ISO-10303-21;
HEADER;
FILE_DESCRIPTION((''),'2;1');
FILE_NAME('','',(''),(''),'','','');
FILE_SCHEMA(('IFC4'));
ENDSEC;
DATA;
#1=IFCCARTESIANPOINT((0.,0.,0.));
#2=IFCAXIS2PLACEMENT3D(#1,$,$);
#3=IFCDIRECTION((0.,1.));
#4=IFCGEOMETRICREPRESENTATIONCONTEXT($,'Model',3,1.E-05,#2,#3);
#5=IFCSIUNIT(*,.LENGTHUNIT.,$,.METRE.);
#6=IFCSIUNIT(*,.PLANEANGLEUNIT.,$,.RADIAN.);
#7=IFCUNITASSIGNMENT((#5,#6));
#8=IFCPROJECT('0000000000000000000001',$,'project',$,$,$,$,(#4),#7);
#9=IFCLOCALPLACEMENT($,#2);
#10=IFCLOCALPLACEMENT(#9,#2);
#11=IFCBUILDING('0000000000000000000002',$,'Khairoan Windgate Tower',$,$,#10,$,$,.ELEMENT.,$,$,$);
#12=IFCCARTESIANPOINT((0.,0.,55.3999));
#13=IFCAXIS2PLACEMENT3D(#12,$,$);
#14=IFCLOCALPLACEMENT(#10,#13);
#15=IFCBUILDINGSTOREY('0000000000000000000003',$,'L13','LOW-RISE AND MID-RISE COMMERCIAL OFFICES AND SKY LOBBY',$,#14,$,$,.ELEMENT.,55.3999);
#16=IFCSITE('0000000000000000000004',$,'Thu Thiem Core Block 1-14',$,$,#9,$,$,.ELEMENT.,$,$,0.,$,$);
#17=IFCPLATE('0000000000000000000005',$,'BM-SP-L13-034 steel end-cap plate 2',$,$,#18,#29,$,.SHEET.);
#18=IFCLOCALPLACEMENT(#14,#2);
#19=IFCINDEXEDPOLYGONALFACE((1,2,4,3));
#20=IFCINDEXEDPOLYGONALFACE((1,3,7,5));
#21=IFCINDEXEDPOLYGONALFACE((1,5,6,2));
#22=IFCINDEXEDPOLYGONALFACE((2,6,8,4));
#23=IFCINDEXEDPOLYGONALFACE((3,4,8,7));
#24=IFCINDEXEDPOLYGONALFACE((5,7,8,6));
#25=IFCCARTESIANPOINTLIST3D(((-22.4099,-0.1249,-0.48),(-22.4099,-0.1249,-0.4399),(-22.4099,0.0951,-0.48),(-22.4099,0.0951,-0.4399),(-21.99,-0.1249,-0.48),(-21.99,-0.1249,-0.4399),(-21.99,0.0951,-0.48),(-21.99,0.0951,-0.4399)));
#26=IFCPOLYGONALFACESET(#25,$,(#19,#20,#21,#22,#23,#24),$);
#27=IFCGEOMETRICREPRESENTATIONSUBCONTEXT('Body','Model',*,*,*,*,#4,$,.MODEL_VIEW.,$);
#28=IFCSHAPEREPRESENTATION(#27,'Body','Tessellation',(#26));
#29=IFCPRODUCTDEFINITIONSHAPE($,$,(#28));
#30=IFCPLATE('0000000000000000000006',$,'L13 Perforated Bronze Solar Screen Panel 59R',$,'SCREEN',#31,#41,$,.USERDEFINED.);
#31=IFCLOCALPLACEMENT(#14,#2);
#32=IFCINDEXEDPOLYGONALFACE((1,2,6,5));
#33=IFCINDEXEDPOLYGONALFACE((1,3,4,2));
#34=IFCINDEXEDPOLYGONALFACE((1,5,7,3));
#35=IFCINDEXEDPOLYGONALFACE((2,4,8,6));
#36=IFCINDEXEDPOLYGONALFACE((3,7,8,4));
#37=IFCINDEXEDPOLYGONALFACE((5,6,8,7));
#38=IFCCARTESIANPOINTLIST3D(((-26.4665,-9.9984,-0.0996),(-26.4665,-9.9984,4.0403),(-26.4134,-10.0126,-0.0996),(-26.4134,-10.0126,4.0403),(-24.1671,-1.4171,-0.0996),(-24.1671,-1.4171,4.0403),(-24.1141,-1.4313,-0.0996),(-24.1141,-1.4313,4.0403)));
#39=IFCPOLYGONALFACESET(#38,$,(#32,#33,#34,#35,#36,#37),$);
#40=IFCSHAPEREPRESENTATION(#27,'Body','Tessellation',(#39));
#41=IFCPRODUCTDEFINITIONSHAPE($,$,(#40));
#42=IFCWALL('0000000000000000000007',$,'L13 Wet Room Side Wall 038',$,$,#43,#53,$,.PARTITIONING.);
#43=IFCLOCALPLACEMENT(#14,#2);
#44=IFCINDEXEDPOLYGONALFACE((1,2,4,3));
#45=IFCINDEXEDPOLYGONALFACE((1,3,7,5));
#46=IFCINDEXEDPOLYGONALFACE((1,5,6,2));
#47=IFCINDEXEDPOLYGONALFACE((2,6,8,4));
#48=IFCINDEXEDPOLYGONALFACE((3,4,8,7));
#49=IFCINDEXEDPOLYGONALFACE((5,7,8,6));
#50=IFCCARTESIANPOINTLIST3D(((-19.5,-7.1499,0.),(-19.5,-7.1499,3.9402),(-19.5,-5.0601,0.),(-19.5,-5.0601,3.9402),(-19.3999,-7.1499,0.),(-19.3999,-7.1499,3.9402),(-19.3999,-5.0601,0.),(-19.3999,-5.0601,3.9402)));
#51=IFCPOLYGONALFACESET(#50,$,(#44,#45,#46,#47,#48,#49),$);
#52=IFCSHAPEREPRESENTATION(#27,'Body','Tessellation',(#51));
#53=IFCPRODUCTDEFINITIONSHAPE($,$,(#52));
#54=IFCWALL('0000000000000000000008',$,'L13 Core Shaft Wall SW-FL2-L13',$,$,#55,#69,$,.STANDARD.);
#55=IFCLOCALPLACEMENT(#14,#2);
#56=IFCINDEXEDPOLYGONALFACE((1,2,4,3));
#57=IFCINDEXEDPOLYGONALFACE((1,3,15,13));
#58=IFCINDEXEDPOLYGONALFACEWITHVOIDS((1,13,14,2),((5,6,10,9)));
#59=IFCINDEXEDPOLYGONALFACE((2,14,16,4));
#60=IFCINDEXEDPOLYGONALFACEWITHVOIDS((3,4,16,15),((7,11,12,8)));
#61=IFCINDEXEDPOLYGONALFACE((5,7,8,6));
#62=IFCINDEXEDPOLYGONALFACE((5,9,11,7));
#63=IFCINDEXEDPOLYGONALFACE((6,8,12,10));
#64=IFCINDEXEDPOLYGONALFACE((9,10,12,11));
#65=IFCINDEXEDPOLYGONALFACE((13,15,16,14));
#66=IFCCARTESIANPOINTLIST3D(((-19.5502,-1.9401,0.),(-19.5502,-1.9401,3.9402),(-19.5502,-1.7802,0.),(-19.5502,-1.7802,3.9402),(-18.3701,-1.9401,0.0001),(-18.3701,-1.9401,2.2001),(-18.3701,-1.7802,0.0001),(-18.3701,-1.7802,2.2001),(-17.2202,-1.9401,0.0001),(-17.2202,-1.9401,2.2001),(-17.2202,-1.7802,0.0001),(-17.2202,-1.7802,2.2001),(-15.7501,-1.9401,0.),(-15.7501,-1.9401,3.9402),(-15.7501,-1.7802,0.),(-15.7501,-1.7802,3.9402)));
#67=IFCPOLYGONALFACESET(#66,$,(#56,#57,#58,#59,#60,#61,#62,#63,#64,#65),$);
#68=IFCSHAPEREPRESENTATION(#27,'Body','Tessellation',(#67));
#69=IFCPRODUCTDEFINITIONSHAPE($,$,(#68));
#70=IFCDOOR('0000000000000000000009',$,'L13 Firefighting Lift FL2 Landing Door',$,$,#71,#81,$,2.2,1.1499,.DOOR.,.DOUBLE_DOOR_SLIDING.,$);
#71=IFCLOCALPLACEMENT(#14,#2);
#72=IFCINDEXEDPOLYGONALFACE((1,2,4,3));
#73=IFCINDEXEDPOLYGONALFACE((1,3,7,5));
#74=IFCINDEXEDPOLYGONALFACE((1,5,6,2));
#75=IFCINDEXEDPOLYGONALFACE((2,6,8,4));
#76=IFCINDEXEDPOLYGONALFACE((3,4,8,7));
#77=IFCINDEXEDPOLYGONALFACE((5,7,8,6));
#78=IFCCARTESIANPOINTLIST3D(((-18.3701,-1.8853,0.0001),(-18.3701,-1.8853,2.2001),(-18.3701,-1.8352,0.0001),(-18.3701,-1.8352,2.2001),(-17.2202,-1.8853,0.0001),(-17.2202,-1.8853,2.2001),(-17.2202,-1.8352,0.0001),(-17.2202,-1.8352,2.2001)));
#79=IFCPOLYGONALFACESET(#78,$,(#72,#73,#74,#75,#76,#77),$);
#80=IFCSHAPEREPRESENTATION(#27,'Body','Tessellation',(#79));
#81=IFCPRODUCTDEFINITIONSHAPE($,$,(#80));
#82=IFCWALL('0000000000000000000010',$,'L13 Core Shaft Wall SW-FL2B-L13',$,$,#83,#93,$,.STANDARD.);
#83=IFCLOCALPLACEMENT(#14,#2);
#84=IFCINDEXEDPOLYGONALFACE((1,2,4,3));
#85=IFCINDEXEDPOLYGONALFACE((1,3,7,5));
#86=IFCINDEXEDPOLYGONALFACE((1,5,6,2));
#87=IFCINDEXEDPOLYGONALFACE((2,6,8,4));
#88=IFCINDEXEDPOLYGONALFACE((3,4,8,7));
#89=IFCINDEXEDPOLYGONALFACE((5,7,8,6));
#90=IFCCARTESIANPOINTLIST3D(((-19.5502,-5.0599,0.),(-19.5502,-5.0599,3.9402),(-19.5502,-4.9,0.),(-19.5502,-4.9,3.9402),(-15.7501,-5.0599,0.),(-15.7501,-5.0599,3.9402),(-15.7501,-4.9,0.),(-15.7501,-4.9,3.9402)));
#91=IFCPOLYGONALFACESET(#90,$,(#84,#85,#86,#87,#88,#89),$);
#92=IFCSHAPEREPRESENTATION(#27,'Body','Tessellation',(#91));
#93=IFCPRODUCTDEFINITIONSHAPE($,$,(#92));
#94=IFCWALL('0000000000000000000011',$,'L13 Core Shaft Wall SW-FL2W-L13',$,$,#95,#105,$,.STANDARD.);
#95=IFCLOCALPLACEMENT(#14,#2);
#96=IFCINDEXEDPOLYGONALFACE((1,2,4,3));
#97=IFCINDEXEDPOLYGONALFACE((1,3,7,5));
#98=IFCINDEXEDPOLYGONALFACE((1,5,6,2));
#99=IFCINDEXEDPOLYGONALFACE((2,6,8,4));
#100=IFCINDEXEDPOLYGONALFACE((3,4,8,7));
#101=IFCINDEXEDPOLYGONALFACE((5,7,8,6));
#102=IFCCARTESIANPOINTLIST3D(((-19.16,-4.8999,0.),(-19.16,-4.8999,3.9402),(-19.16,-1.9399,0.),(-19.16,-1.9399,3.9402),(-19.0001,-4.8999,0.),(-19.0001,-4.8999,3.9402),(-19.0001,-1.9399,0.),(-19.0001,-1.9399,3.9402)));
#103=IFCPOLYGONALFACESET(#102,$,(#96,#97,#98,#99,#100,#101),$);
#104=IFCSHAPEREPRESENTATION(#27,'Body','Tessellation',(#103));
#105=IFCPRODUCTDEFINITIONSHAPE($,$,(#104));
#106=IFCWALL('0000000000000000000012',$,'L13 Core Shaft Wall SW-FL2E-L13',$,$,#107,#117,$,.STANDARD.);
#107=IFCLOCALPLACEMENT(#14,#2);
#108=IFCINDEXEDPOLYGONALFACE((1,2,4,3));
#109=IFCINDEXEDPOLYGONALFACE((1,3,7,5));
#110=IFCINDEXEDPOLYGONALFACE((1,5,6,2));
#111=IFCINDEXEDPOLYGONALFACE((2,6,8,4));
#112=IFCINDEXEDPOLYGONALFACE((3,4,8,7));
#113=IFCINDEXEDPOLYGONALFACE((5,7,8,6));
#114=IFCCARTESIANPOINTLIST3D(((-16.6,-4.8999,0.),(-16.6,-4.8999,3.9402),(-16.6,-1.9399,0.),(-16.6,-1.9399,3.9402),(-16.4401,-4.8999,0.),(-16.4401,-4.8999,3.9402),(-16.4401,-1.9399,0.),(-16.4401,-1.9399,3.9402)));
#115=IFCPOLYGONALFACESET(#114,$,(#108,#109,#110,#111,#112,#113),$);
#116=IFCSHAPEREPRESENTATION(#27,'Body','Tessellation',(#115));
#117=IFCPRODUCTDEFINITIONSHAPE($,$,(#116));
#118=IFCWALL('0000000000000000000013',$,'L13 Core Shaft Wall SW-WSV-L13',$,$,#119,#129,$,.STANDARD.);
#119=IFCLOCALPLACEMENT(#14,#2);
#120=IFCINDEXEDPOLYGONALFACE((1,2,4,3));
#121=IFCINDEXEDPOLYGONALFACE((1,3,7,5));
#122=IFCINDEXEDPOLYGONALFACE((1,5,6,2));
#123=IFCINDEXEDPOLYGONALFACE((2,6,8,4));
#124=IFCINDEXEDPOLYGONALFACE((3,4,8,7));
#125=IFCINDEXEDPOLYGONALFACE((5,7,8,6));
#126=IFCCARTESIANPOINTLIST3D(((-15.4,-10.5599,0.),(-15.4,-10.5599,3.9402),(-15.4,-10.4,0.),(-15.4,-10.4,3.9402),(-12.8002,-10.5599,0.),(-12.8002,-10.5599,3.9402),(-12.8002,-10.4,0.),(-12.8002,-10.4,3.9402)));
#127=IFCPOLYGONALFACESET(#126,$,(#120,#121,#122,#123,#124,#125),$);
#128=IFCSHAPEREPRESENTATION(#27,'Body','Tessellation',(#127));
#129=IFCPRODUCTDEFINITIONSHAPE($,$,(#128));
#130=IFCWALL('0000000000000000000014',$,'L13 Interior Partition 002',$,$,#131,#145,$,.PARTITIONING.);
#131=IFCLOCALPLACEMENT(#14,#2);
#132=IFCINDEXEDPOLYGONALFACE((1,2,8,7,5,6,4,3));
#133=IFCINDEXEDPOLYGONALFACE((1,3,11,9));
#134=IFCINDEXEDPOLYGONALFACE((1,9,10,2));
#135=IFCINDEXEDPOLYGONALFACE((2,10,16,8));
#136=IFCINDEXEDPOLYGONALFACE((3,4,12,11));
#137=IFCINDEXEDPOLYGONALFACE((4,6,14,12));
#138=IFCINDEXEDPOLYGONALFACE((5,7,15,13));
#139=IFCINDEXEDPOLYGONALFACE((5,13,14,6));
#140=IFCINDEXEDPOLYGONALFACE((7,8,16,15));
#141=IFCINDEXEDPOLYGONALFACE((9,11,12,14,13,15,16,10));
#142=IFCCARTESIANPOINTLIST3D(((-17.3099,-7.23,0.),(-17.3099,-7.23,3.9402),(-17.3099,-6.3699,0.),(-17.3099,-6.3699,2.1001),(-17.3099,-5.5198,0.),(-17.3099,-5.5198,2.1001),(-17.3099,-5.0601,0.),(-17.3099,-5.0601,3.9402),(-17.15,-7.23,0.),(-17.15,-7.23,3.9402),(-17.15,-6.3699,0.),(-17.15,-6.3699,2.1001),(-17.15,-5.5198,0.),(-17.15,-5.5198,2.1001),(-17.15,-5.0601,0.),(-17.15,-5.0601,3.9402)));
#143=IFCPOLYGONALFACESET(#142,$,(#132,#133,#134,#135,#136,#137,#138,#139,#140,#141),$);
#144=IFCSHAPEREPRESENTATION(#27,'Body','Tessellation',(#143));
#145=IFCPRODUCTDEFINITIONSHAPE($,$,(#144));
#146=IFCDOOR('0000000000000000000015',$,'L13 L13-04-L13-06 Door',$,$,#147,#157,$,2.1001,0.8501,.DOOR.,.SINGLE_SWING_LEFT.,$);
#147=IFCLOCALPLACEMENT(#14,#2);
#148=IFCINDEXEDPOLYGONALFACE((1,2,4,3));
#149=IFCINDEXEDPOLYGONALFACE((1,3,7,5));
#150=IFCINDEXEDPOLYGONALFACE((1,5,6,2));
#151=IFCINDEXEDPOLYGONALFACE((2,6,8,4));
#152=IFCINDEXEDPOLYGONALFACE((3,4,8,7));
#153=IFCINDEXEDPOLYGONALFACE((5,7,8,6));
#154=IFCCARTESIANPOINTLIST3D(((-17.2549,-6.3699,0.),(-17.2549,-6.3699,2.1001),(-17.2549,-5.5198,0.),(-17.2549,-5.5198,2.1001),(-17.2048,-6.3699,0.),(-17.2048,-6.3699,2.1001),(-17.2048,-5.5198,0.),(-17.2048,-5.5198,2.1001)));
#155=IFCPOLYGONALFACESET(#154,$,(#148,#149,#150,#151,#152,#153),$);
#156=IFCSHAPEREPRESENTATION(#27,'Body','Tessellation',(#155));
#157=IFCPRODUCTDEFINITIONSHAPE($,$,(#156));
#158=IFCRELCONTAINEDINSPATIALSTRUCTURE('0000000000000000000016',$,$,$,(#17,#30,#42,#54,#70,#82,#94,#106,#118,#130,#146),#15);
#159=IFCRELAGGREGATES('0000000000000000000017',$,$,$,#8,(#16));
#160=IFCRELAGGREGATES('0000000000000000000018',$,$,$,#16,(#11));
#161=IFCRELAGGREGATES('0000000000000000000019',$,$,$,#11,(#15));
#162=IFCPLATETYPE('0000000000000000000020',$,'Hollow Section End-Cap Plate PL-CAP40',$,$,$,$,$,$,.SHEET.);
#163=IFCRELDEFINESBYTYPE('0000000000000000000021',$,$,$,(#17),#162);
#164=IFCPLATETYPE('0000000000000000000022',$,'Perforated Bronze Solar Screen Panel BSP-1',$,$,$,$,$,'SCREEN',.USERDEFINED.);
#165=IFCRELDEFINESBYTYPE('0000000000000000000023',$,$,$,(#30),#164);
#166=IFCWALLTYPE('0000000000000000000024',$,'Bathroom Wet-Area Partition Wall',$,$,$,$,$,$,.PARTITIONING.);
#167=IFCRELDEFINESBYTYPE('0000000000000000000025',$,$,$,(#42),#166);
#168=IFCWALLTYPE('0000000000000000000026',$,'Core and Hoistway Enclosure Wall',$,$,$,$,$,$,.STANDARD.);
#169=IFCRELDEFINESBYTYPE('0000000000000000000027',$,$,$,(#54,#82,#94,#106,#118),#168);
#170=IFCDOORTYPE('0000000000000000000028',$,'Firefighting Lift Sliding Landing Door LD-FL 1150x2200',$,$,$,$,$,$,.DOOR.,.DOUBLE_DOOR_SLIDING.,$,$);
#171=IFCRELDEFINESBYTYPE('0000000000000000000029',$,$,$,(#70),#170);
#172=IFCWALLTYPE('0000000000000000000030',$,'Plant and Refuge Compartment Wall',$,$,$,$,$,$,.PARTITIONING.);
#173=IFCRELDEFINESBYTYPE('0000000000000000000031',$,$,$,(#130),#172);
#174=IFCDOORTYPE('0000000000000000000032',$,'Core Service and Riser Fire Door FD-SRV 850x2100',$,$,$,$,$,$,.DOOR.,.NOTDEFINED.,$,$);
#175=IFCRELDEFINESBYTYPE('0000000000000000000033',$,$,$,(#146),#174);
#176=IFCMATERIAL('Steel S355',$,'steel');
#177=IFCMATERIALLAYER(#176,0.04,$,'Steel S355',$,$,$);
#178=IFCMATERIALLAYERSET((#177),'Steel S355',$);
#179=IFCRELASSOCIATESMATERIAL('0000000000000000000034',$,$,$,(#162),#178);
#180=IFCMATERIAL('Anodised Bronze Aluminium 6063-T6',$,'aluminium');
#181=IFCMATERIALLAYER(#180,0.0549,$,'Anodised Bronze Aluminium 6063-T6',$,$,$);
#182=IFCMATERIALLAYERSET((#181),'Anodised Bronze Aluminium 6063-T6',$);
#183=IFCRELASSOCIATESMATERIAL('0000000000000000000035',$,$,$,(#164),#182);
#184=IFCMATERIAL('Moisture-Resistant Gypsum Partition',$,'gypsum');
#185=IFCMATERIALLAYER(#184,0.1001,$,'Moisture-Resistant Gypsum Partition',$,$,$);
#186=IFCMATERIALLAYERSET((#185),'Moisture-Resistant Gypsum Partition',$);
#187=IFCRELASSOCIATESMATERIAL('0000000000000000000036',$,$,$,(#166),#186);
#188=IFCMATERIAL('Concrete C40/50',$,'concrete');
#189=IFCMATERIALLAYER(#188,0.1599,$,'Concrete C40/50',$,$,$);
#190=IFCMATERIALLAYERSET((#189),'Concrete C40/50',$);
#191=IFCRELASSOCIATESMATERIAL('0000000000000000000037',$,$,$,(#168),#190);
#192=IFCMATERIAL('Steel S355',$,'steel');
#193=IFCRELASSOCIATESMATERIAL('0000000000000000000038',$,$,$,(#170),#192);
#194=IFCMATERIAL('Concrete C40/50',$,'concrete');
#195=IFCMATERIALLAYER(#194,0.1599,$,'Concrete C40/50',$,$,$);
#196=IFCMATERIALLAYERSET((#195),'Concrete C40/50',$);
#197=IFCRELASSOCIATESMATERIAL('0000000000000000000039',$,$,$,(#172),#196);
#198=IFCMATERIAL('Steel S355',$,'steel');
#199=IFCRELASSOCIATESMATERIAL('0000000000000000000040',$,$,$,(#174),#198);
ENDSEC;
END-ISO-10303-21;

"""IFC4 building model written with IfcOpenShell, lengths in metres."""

from ifc_helpers import new_model, si_unit, direction, frame, frame_2d, origin, origin_2d, place, context, subcontext, project, spatial, rectangle, extrude, material, layer, layer_set, type_object, element, fill, save


model = new_model("IFC4")

# Units and contexts
model_context = context("Model", 3, precision=1e-05, world=origin(), true_north=direction((0.0, 1.0)))
body_context = subcontext(model_context, "Body", "Model", "MODEL_VIEW")
ifc_project = project(units=[si_unit("LENGTHUNIT", "METRE"), si_unit("PLANEANGLEUNIT", "RADIAN")], contexts=[model_context])

# Site, building, storey
site_placement = place(None, origin())
site = spatial("IfcSite", under=ifc_project, at=site_placement, Name="Thu Thiem Core Block 1-14", CompositionType="ELEMENT", RefElevation=0.0)
building_placement = place(site_placement, origin())
building = spatial("IfcBuilding", under=site, at=building_placement, Name="Khairoan Windgate Tower", CompositionType="ELEMENT")
storey_placement = place(building_placement, frame((0.0, 0.0, 55.3999)))
storey = spatial("IfcBuildingStorey", under=building, at=storey_placement, Name="L13", Description="LOW-RISE AND MID-RISE COMMERCIAL OFFICES AND SKY LOBBY", CompositionType="ELEMENT", Elevation=55.3999)

# Plates
ifc_material_1 = material(Name="Steel S355", Category="steel")
ifc_layer_1 = layer(ifc_material_1, 0.04, Name="Steel S355")
ifc_layer_set_1 = layer_set([ifc_layer_1], Name="Steel S355")
plate_type_1 = type_object("IfcPlateType", Name="Hollow Section End-Cap Plate PL-CAP40", PredefinedType="SHEET", material=ifc_layer_set_1)
for number, where, z_axis, x_axis, name in (
    (1, (-22.2, -0.0149, -0.48), (0.0, 0.0, 1.0), (0.0, 1.0, 0.0), "BM-SP-L13-034 steel end-cap plate 2"),
):
    element("IfcPlate", number, at=place(storey_placement, frame(where, z_axis=z_axis, x_axis=x_axis)), inside=storey, type_object=plate_type_1, Name=name, PredefinedType="SHEET", context=body_context, shape_type="SweptSolid", body=[
        extrude(rectangle(XDim=0.22, YDim=0.4199, at=origin_2d()), origin(), (0.0, 0.0, 1.0), 0.04),
    ])
ifc_material_2 = material(Name="Anodised Bronze Aluminium 6063-T6", Category="aluminium")
ifc_layer_2 = layer(ifc_material_2, 0.0549, Name="Anodised Bronze Aluminium 6063-T6")
ifc_layer_set_2 = layer_set([ifc_layer_2], Name="Anodised Bronze Aluminium 6063-T6")
plate_type_2 = type_object("IfcPlateType", Name="Perforated Bronze Solar Screen Panel BSP-1", ElementType="SCREEN", PredefinedType="USERDEFINED", material=ifc_layer_set_2)
plate_placement = place(storey_placement, frame((-25.2903, -5.7148, -0.0996), z_axis=(0.0, 0.0, 1.0), x_axis=(0.258819, 0.965926, 0.0)))
element("IfcPlate", 2, at=plate_placement, inside=storey, type_object=plate_type_2, Name="L13 Perforated Bronze Solar Screen Panel 59R", ObjectType="SCREEN", PredefinedType="USERDEFINED", context=body_context, shape_type="SweptSolid", body=[
    extrude(rectangle(XDim=8.884, YDim=0.0549, at=origin_2d()), origin(), (0.0, 0.0, 1.0), 4.1399),
])

# Wall
ifc_material_3 = material(Name="Moisture-Resistant Gypsum Partition", Category="gypsum")
ifc_layer_3 = layer(ifc_material_3, 0.1001, Name="Moisture-Resistant Gypsum Partition")
ifc_layer_set_3 = layer_set([ifc_layer_3], Name="Moisture-Resistant Gypsum Partition")
wall_type_1 = type_object("IfcWallType", Name="Bathroom Wet-Area Partition Wall", PredefinedType="PARTITIONING", material=ifc_layer_set_3)
wall_1_placement = place(storey_placement, frame((-19.45, -7.1499, 0.0), z_axis=(0.0, 0.0, 1.0), x_axis=(0.0, 1.0, 0.0)))
element("IfcWall", 3, at=wall_1_placement, inside=storey, type_object=wall_type_1, Name="L13 Wet Room Side Wall 038", PredefinedType="PARTITIONING", context=body_context, shape_type="SweptSolid", body=[
    extrude(rectangle(XDim=2.0898, YDim=0.1001, at=frame_2d((1.0449, 0.0))), origin(), (0.0, 0.0, 1.0), 3.9402),
])

# Wall, opening, door
ifc_material_4 = material(Name="Concrete C40/50", Category="concrete")
ifc_layer_4 = layer(ifc_material_4, 0.1599, Name="Concrete C40/50")
ifc_layer_set_4 = layer_set([ifc_layer_4], Name="Concrete C40/50")
wall_type_2 = type_object("IfcWallType", Name="Core and Hoistway Enclosure Wall", PredefinedType="STANDARD", material=ifc_layer_set_4)
wall_2_placement = place(storey_placement, frame((-19.55, -1.8601, 0.0), z_axis=(0.0, 0.0, 1.0), x_axis=(1.0, 0.0, 0.0)))
wall_2 = element("IfcWall", 4, at=wall_2_placement, inside=storey, type_object=wall_type_2, Name="L13 Core Shaft Wall SW-FL2-L13", PredefinedType="STANDARD", context=body_context, shape_type="SweptSolid", body=[
    extrude(rectangle(XDim=3.8, YDim=0.1599, at=frame_2d((1.8999, 0.0))), origin(), (0.0, 0.0, 1.0), 3.9402),
])
opening_1_placement = place(wall_2_placement, frame((1.1799, 0.0, 0.0)))
opening_1 = element("IfcOpeningElement", 5, at=opening_1_placement, cuts=wall_2, PredefinedType="OPENING", context=body_context, shape_type="SweptSolid", body=[
    extrude(rectangle(XDim=1.1499, YDim=2.2, at=frame_2d((0.575, 1.1001))), frame((0.0, 0.0898, 0.0), z_axis=(0.0, -1.0, 0.0), x_axis=(1.0, 0.0, 0.0)), (0.0, 0.0, 1.0), 0.1799),
])
ifc_material_5 = material(Name="Steel S355", Category="steel")
door_type_1 = type_object("IfcDoorType", Name="Firefighting Lift Sliding Landing Door LD-FL 1150x2200", OperationType="DOUBLE_DOOR_SLIDING", PredefinedType="DOOR", material=ifc_material_5)
door_1_placement = place(opening_1_placement, origin())
door_1 = element("IfcDoor", 6, at=door_1_placement, inside=storey, type_object=door_type_1, Name="L13 Firefighting Lift FL2 Landing Door", OperationType="DOUBLE_DOOR_SLIDING", OverallHeight=2.2, OverallWidth=1.1499, PredefinedType="DOOR", context=body_context, shape_type="SweptSolid", body=[
    extrude(rectangle(XDim=1.1499, YDim=2.2, at=frame_2d((0.575, 1.1001))), frame((0.0, 0.0249, 0.0), z_axis=(0.0, -1.0, 0.0), x_axis=(1.0, 0.0, 0.0)), (0.0, 0.0, 1.0), 0.05),
])
fill(opening_1, door_1)

# Walls
wall_3_placement = place(storey_placement, frame((-19.55, -4.98, 0.0), z_axis=(0.0, 0.0, 1.0), x_axis=(1.0, 0.0, 0.0)))
element("IfcWall", 7, at=wall_3_placement, inside=storey, type_object=wall_type_2, Name="L13 Core Shaft Wall SW-FL2B-L13", PredefinedType="STANDARD", context=body_context, shape_type="SweptSolid", body=[
    extrude(rectangle(XDim=3.8, YDim=0.1599, at=frame_2d((1.8999, 0.0))), origin(), (0.0, 0.0, 1.0), 3.9402),
])
for number, where, z_axis, x_axis, name in (
    (8, (-19.0801, -4.8999, 0.0), (0.0, 0.0, 1.0), (0.0, 1.0, 0.0), "L13 Core Shaft Wall SW-FL2W-L13"),
    (9, (-16.52, -4.8999, 0.0), (0.0, 0.0, 1.0), (0.0, 1.0, 0.0), "L13 Core Shaft Wall SW-FL2E-L13"),
):
    element("IfcWall", number, at=place(storey_placement, frame(where, z_axis=z_axis, x_axis=x_axis)), inside=storey, type_object=wall_type_2, Name=name, PredefinedType="STANDARD", context=body_context, shape_type="SweptSolid", body=[
        extrude(rectangle(XDim=2.96, YDim=0.1599, at=frame_2d((1.48, 0.0))), origin(), (0.0, 0.0, 1.0), 3.9402),
    ])
wall_4_placement = place(storey_placement, frame((-15.3999, -10.48, 0.0), z_axis=(0.0, 0.0, 1.0), x_axis=(1.0, 0.0, 0.0)))
element("IfcWall", 10, at=wall_4_placement, inside=storey, type_object=wall_type_2, Name="L13 Core Shaft Wall SW-WSV-L13", PredefinedType="STANDARD", context=body_context, shape_type="SweptSolid", body=[
    extrude(rectangle(XDim=2.5999, YDim=0.1599, at=frame_2d((1.2998, 0.0))), origin(), (0.0, 0.0, 1.0), 3.9402),
])

# Wall, opening, door
ifc_material_6 = material(Name="Concrete C40/50", Category="concrete")
ifc_layer_5 = layer(ifc_material_6, 0.1599, Name="Concrete C40/50")
ifc_layer_set_5 = layer_set([ifc_layer_5], Name="Concrete C40/50")
wall_type_3 = type_object("IfcWallType", Name="Plant and Refuge Compartment Wall", PredefinedType="PARTITIONING", material=ifc_layer_set_5)
wall_5_placement = place(storey_placement, frame((-17.23, -7.23, 0.0), z_axis=(0.0, 0.0, 1.0), x_axis=(0.0, 1.0, 0.0)))
wall_5 = element("IfcWall", 11, at=wall_5_placement, inside=storey, type_object=wall_type_3, Name="L13 Interior Partition 002", PredefinedType="PARTITIONING", context=body_context, shape_type="SweptSolid", body=[
    extrude(rectangle(XDim=2.1699, YDim=0.1599, at=frame_2d((1.085, 0.0))), origin(), (0.0, 0.0, 1.0), 3.9402),
])
opening_2_placement = place(wall_5_placement, frame((0.8601, 0.0, 0.0)))
opening_2 = element("IfcOpeningElement", 12, at=opening_2_placement, cuts=wall_5, PredefinedType="OPENING", context=body_context, shape_type="SweptSolid", body=[
    extrude(rectangle(XDim=0.8501, YDim=2.1001, at=frame_2d((0.425, 1.05))), frame((0.0, 0.0898, 0.0), z_axis=(0.0, -1.0, 0.0), x_axis=(1.0, 0.0, 0.0)), (0.0, 0.0, 1.0), 0.1799),
])
ifc_material_7 = material(Name="Steel S355", Category="steel")
door_type_2 = type_object("IfcDoorType", Name="Core Service and Riser Fire Door FD-SRV 850x2100", OperationType="NOTDEFINED", PredefinedType="DOOR", material=ifc_material_7)
door_2_placement = place(opening_2_placement, origin())
door_2 = element("IfcDoor", 13, at=door_2_placement, inside=storey, type_object=door_type_2, Name="L13 L13-04-L13-06 Door", OperationType="SINGLE_SWING_LEFT", OverallHeight=2.1001, OverallWidth=0.8501, PredefinedType="DOOR", context=body_context, shape_type="SweptSolid", body=[
    extrude(rectangle(XDim=0.8501, YDim=2.1001, at=frame_2d((0.425, 1.05))), frame((0.0, 0.0249, 0.0), z_axis=(0.0, -1.0, 0.0), x_axis=(1.0, 0.0, 0.0)), (0.0, 0.0, 1.0), 0.05),
])
fill(opening_2, door_2)

save(model, "model.ifc")
